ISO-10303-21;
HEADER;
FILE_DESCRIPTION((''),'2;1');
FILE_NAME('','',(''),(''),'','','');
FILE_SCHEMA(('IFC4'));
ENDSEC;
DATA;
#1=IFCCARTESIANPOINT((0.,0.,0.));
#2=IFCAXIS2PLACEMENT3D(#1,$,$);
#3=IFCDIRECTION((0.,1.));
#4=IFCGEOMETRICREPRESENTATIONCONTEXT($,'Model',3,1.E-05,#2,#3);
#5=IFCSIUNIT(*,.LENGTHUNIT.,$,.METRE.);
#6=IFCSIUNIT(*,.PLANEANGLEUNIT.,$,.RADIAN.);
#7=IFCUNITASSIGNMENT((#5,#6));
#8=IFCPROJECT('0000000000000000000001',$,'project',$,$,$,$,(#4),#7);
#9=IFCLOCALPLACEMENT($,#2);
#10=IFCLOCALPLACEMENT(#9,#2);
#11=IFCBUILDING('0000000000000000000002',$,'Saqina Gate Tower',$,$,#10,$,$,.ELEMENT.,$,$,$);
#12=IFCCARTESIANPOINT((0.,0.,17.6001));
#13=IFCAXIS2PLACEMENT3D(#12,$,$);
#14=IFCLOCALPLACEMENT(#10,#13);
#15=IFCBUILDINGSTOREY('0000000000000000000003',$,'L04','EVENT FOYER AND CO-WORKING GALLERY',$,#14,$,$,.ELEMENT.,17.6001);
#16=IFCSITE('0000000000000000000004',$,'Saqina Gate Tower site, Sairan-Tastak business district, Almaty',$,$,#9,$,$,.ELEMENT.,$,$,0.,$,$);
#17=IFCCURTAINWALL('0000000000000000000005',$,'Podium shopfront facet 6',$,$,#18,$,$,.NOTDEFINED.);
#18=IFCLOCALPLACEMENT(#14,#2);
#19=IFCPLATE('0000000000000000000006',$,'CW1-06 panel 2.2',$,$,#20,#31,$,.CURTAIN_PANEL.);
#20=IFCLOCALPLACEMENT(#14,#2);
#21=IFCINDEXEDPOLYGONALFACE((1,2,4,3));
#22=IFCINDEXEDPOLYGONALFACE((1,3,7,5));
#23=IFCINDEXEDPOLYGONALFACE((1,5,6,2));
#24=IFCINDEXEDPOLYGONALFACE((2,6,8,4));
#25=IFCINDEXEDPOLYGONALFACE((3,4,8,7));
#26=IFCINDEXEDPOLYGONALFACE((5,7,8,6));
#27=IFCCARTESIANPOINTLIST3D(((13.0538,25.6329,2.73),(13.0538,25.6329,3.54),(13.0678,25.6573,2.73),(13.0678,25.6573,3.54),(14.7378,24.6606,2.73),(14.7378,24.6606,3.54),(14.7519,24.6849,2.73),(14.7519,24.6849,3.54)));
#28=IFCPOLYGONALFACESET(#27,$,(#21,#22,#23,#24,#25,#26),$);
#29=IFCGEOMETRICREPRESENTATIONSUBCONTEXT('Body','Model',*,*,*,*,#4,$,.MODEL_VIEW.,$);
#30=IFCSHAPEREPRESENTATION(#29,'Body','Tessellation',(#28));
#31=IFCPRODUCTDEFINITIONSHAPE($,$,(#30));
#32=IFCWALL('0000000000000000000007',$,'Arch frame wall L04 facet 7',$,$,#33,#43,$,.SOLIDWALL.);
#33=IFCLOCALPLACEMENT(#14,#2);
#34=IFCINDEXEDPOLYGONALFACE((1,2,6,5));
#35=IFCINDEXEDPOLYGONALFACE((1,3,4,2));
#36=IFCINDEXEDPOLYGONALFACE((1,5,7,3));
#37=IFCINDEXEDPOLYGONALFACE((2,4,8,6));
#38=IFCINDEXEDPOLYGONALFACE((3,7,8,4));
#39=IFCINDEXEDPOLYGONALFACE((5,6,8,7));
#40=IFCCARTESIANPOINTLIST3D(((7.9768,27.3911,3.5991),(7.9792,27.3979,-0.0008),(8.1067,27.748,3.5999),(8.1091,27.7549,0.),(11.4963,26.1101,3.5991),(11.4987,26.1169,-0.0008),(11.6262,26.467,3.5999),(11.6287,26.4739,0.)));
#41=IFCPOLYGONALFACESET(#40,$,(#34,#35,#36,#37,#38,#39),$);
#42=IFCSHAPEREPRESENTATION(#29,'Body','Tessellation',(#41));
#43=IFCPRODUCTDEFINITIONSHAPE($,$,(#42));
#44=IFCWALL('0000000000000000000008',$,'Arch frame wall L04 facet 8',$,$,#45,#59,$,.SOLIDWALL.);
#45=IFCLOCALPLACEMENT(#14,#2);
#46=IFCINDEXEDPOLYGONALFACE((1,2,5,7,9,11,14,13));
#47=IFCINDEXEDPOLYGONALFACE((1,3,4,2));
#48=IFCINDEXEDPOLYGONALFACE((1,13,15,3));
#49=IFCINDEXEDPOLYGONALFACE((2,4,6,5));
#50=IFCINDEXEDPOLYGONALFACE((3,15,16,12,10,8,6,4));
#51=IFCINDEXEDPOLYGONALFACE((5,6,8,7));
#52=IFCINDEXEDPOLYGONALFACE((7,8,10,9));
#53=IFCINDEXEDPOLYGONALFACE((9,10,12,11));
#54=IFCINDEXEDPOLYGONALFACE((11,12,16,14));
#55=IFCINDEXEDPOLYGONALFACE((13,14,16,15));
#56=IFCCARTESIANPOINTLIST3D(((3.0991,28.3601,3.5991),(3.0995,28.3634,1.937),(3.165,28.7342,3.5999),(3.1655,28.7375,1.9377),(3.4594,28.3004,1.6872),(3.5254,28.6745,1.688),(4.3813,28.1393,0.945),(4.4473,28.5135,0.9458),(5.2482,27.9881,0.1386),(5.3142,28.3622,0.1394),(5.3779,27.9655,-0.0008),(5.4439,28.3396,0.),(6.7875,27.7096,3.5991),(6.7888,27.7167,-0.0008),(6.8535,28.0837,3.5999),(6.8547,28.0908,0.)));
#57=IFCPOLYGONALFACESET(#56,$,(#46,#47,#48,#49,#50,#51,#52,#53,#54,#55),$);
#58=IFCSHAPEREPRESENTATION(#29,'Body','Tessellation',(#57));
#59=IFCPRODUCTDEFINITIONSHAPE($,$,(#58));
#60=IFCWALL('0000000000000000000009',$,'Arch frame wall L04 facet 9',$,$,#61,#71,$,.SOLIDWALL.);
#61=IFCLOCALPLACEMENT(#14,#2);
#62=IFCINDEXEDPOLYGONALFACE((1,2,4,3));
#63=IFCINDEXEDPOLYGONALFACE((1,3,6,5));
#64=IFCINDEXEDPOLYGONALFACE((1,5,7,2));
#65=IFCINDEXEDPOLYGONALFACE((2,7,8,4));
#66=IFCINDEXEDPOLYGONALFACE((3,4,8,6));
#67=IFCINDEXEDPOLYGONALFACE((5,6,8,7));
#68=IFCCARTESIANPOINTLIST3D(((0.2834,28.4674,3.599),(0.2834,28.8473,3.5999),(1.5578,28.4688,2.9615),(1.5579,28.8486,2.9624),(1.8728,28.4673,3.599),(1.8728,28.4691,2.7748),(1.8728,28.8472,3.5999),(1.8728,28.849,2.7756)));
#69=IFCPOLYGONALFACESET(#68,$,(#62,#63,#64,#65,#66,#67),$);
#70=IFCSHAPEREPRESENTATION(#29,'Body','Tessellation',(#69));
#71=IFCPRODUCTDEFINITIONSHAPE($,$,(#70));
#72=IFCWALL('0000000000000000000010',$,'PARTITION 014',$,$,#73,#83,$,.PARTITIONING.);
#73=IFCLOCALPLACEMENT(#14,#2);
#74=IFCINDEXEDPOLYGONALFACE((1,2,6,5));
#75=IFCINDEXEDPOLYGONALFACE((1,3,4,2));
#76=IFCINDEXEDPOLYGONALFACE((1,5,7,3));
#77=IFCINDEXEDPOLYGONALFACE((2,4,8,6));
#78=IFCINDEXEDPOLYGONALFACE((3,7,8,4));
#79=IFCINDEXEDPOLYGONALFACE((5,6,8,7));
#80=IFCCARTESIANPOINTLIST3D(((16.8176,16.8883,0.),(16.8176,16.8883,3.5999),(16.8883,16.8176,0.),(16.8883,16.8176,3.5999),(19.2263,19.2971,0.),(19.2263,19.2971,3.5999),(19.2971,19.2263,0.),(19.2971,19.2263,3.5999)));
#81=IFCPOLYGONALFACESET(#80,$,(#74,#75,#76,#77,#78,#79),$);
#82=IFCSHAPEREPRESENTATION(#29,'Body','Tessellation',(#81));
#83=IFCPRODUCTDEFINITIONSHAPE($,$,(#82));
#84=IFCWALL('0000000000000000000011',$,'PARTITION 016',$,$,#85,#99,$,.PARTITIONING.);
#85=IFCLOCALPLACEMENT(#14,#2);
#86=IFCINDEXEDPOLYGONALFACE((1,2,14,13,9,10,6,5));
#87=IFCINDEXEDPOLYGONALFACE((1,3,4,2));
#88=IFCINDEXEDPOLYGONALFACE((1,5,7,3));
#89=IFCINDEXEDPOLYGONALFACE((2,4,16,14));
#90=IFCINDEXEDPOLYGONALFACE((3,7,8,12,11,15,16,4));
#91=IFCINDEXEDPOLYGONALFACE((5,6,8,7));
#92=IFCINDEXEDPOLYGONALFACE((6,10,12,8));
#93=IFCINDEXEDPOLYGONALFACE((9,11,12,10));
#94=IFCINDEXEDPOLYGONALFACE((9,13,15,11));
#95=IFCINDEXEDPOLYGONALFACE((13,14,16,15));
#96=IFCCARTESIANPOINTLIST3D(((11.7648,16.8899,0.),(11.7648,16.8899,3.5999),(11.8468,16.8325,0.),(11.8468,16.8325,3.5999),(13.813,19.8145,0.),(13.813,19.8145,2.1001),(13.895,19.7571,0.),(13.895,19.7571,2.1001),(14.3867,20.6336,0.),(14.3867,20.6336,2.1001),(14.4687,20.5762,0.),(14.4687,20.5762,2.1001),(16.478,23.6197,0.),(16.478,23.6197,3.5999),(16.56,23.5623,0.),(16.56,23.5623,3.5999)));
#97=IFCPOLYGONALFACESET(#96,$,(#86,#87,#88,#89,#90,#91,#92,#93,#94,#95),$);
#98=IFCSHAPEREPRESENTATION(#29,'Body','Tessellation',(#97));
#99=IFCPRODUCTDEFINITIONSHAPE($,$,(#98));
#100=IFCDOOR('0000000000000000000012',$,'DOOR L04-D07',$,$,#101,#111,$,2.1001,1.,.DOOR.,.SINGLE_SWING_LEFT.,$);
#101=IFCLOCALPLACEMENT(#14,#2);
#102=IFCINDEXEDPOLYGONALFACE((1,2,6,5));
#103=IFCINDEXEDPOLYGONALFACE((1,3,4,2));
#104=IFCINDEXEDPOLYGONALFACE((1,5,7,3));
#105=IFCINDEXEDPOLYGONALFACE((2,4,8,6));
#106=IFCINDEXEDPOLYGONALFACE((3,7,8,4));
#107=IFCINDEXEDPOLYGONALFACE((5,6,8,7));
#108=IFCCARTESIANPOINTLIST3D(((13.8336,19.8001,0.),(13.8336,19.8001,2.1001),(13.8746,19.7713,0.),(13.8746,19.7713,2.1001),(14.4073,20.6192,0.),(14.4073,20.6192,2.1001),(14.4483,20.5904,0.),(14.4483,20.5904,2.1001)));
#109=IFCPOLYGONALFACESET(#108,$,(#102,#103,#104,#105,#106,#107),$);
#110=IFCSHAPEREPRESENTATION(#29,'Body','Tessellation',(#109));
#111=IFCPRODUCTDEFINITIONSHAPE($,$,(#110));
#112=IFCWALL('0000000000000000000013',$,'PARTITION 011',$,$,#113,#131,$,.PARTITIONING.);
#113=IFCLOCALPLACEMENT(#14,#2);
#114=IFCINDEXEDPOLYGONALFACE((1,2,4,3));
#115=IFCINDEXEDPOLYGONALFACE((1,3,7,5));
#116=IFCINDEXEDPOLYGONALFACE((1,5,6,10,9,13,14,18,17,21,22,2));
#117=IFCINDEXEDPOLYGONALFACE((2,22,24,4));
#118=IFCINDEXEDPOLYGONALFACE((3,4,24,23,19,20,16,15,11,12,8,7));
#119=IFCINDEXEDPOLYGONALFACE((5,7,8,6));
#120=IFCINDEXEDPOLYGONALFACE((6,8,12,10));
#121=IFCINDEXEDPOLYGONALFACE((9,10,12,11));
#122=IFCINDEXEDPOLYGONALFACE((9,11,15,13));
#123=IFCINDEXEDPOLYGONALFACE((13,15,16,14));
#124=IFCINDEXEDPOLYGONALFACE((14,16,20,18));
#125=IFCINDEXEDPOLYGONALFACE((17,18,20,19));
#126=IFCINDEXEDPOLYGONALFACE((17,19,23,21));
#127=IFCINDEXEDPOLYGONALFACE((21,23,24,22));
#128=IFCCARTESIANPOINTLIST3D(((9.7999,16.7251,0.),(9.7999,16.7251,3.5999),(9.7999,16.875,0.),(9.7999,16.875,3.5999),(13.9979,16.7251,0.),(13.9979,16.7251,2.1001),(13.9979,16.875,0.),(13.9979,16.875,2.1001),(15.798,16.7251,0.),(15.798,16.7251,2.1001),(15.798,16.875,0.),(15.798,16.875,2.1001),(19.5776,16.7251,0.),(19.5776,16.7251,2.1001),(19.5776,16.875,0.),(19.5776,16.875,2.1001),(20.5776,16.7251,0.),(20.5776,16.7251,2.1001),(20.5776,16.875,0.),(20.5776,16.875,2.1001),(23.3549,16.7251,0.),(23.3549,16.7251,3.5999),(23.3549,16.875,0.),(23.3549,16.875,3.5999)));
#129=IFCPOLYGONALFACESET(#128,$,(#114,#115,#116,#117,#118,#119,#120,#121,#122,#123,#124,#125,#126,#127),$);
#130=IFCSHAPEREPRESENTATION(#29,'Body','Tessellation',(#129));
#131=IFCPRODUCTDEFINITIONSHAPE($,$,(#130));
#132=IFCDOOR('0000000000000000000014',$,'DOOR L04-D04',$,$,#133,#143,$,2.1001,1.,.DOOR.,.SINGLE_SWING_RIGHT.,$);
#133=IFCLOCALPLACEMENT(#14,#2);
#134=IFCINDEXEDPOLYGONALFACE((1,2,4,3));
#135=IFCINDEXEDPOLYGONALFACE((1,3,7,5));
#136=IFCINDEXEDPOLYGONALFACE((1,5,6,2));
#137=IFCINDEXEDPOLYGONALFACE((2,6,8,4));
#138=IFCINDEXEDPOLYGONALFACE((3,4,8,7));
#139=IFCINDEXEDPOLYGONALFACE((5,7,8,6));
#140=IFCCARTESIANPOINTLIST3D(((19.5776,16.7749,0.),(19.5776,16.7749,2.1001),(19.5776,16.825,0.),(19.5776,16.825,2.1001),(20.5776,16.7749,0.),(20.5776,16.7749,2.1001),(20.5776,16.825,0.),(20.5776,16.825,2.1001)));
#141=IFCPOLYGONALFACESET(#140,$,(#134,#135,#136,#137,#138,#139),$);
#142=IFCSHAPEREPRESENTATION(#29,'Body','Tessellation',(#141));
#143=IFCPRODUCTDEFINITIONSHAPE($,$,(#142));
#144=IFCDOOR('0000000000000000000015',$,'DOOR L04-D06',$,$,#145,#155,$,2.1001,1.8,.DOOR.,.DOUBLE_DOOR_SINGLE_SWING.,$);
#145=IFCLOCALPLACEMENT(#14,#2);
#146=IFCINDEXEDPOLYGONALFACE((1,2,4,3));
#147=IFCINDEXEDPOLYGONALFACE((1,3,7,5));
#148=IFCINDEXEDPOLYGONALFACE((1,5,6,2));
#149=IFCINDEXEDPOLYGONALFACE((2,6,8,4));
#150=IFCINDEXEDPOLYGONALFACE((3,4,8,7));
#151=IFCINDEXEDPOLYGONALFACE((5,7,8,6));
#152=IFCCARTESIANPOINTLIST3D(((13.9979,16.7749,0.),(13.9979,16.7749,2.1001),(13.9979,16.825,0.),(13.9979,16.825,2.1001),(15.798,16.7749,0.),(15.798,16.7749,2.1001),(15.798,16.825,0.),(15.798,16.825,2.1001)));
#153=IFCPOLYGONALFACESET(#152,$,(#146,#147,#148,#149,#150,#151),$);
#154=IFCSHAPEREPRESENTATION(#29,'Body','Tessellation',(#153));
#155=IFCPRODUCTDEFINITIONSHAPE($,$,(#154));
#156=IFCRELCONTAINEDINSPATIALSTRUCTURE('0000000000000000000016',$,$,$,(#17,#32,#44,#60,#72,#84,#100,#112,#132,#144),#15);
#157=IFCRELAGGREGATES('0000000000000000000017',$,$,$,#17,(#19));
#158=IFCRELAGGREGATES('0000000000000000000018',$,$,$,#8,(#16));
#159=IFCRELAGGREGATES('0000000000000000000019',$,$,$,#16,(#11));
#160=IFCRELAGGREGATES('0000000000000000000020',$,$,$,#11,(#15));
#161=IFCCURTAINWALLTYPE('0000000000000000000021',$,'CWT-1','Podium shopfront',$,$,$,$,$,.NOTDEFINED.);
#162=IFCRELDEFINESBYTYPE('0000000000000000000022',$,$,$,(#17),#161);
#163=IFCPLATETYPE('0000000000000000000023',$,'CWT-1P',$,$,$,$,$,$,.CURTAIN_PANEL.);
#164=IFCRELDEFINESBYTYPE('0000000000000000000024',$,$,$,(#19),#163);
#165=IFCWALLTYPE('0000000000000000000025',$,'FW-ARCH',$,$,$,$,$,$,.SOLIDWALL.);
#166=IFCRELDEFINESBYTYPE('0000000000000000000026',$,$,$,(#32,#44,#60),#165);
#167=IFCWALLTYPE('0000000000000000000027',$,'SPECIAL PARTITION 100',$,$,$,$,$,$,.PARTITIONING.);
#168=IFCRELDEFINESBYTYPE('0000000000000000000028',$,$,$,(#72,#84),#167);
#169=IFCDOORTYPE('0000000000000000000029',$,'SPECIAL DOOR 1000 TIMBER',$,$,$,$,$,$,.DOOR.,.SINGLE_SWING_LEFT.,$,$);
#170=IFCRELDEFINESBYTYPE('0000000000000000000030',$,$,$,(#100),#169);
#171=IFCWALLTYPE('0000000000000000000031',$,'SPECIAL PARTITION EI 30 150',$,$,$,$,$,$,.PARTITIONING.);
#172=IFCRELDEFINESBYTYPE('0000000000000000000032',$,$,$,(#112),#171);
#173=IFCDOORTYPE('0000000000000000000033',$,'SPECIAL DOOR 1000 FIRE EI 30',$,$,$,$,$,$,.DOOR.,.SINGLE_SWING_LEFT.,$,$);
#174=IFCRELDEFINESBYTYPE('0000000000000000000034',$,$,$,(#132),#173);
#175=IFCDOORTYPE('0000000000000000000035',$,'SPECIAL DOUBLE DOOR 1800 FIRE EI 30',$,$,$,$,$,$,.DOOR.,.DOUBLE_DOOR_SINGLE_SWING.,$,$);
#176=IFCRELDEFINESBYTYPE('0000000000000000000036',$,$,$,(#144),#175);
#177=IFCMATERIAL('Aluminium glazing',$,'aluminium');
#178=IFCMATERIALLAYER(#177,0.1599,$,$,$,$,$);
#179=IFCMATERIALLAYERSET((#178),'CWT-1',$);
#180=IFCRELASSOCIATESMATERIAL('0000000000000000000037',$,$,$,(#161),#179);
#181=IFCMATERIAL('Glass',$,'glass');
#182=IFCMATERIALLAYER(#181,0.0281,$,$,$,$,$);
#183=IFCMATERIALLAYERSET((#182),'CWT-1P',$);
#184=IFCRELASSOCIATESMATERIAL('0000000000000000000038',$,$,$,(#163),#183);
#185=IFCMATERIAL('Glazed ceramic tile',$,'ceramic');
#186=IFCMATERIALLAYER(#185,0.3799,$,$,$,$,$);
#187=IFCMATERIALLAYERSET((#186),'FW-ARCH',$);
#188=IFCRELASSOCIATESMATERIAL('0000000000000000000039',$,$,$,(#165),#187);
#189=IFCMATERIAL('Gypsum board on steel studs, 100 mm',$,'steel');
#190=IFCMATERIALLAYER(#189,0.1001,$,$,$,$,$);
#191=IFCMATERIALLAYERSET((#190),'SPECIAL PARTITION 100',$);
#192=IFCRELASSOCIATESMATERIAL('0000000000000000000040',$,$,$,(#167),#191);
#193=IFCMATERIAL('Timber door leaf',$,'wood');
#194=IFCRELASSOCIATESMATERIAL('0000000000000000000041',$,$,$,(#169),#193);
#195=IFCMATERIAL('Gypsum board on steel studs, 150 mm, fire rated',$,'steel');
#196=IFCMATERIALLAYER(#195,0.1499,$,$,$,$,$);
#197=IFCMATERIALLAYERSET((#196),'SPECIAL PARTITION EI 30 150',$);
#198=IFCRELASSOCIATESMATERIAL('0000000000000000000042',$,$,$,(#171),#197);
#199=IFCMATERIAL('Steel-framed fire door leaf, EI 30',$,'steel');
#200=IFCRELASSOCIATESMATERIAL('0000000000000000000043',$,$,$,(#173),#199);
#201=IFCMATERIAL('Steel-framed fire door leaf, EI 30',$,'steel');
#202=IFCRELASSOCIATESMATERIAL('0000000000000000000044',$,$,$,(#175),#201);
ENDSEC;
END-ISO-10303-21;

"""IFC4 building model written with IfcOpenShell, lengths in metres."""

from ifc_helpers import new_model, si_unit, direction, frame, frame_2d, origin, origin_2d, place, context, subcontext, project, spatial, polyline, rectangle, outline, extrude, material, layer, layer_set, type_object, element, fill, aggregate, save


model = new_model("IFC4")

# Units and contexts
model_context = context("Model", 3, precision=1e-05, world=origin(), true_north=direction((0.0, 1.0)))
body_context = subcontext(model_context, "Body", "Model", "MODEL_VIEW")
ifc_project = project(units=[si_unit("LENGTHUNIT", "METRE"), si_unit("PLANEANGLEUNIT", "RADIAN")], contexts=[model_context])

# Site, building, storey
site_placement = place(None, origin())
site = spatial("IfcSite", under=ifc_project, at=site_placement, Name="Saqina Gate Tower site, Sairan-Tastak business district, Almaty", CompositionType="ELEMENT", RefElevation=0.0)
building_placement = place(site_placement, origin())
building = spatial("IfcBuilding", under=site, at=building_placement, Name="Saqina Gate Tower", CompositionType="ELEMENT")
storey_placement = place(building_placement, frame((0.0, 0.0, 17.6001)))
storey = spatial("IfcBuildingStorey", under=building, at=storey_placement, Name="L04", Description="EVENT FOYER AND CO-WORKING GALLERY", CompositionType="ELEMENT", Elevation=17.6001)

# Shared definitions
ifc_material_1 = material(Name="Aluminium glazing", Category="aluminium")
ifc_layer_1 = layer(ifc_material_1, 0.1599)
ifc_layer_set_1 = layer_set([ifc_layer_1], Name="CWT-1")
curtain_wall_type = type_object("IfcCurtainWallType", Name="CWT-1", Description="Podium shopfront", PredefinedType="NOTDEFINED", material=ifc_layer_set_1)

# Curtain wall
curtain_wall_1_placement = place(storey_placement, origin())
curtain_wall_1 = element("IfcCurtainWall", 1, at=curtain_wall_1_placement, inside=storey, type_object=curtain_wall_type, Name="Podium shopfront facet 6", PredefinedType="NOTDEFINED")

# Plate
ifc_material_2 = material(Name="Glass", Category="glass")
ifc_layer_2 = layer(ifc_material_2, 0.0281)
ifc_layer_set_2 = layer_set([ifc_layer_2], Name="CWT-1P")
plate_type = type_object("IfcPlateType", Name="CWT-1P", PredefinedType="CURTAIN_PANEL", material=ifc_layer_set_2)
plate_1_placement = place(storey_placement, frame((13.9028, 25.1589, 2.73), z_axis=(0.0, 0.0, 1.0), x_axis=(-0.866017, 0.500014, 0.0)))
plate_1 = element("IfcPlate", 2, at=plate_1_placement, type_object=plate_type, Name="CW1-06 panel 2.2", PredefinedType="CURTAIN_PANEL", context=body_context, shape_type="SweptSolid", body=[
    extrude(rectangle(XDim=1.9446, YDim=0.0281, at=origin_2d()), origin(), (0.0, 0.0, 1.0), 0.8101),
])
aggregate(curtain_wall_1, [plate_1])

# Walls
ifc_material_3 = material(Name="Glazed ceramic tile", Category="ceramic")
ifc_layer_3 = layer(ifc_material_3, 0.3799)
ifc_layer_set_3 = layer_set([ifc_layer_3], Name="FW-ARCH")
wall_type_1 = type_object("IfcWallType", Name="FW-ARCH", PredefinedType="SOLIDWALL", material=ifc_layer_set_3)
wall_1_placement = place(storey_placement, frame((11.6287, 26.4739, 0.0), z_axis=(0.34202, 0.939691, 0.002016), x_axis=(-0.000678, -0.001899, 0.999998)))
element("IfcWall", 3, at=wall_1_placement, inside=storey, type_object=wall_type_1, Name="Arch frame wall L04 facet 7", PredefinedType="SOLIDWALL", context=body_context, shape_type="SweptSolid", body=[
    extrude(outline(polyline([(0.0, 0.0), (3.5999, 0.0), (3.5998, -3.7454), (0.0, -3.7454), (0.0, 0.0)])), origin(), (0.0, 0.0, -1.0), 0.3799),
])
wall_2_placement = place(storey_placement, frame((6.8547, 28.0908, 0.0), z_axis=(0.173673, 0.984801, 0.00201), x_axis=(-0.000342, -0.001981, 0.999998)))
element("IfcWall", 4, at=wall_2_placement, inside=storey, type_object=wall_type_1, Name="Arch frame wall L04 facet 8", PredefinedType="SOLIDWALL", context=body_context, shape_type="SweptSolid", body=[
    extrude(outline(polyline([(0.0, 0.0), (3.5999, 0.0), (3.5998, -3.7454), (1.9377, -3.7455), (1.688, -3.3801), (0.9458, -2.4443), (0.1394, -1.5643), (0.0, -1.4327), (0.0, 0.0)])), origin(), (0.0, 0.0, -1.0), 0.3799),
])
wall_3_placement = place(storey_placement, frame((1.8728, 28.8472, 3.5999), z_axis=(0.000093, 0.999997, 0.002252), x_axis=(-1.0, 0.000093, 0.0)))
element("IfcWall", 5, at=wall_3_placement, inside=storey, type_object=wall_type_1, Name="Arch frame wall L04 facet 9", PredefinedType="SOLIDWALL", context=body_context, shape_type="SweptSolid", body=[
    extrude(outline(polyline([(0.0, 0.0), (1.5894, 0.0), (0.3149, -0.6375), (0.0, -0.8242), (0.0, 0.0)])), origin(), (0.0, 0.0, -1.0), 0.3799),
])
ifc_material_4 = material(Name="Gypsum board on steel studs, 100 mm", Category="steel")
ifc_layer_4 = layer(ifc_material_4, 0.1001)
ifc_layer_set_4 = layer_set([ifc_layer_4], Name="SPECIAL PARTITION 100")
wall_type_2 = type_object("IfcWallType", Name="SPECIAL PARTITION 100", PredefinedType="PARTITIONING", material=ifc_layer_set_4)
wall_4_placement = place(storey_placement, frame((16.853, 16.853, 0.0), z_axis=(0.0, 0.0, 1.0), x_axis=(0.707107, 0.707107, 0.0)))
element("IfcWall", 6, at=wall_4_placement, inside=storey, type_object=wall_type_2, Name="PARTITION 014", PredefinedType="PARTITIONING", context=body_context, shape_type="SweptSolid", body=[
    extrude(rectangle(XDim=3.4065, YDim=0.1001, at=frame_2d((1.7031, 0.0))), origin(), (0.0, 0.0, 1.0), 3.5999),
])

# Wall, opening, door
wall_5_placement = place(storey_placement, frame((11.8059, 16.8613, 0.0), z_axis=(0.0, 0.0, 1.0), x_axis=(0.573652, 0.819099, 0.0)))
wall_5 = element("IfcWall", 7, at=wall_5_placement, inside=storey, type_object=wall_type_2, Name="PARTITION 016", PredefinedType="PARTITIONING", context=body_context, shape_type="SweptSolid", body=[
    extrude(rectangle(XDim=8.2161, YDim=0.1001, at=frame_2d((4.1079, 0.0))), origin(), (0.0, 0.0, 1.0), 3.5999),
])
opening_1_placement = place(wall_5_placement, frame((3.5703, 0.0, 0.0)))
opening_1 = element("IfcOpeningElement", 8, at=opening_1_placement, cuts=wall_5, PredefinedType="OPENING", context=body_context, shape_type="SweptSolid", body=[
    extrude(rectangle(XDim=1.0, YDim=2.1001, at=frame_2d((0.5, 1.05))), frame((0.0, 0.062, 0.0), z_axis=(0.0, -1.0, 0.0), x_axis=(1.0, 0.0, 0.0)), (0.0, 0.0, 1.0), 0.124),
])
ifc_material_5 = material(Name="Timber door leaf", Category="wood")
door_type_1 = type_object("IfcDoorType", Name="SPECIAL DOOR 1000 TIMBER", OperationType="SINGLE_SWING_LEFT", PredefinedType="DOOR", material=ifc_material_5)
door_1_placement = place(opening_1_placement, origin())
door_1 = element("IfcDoor", 9, at=door_1_placement, inside=storey, type_object=door_type_1, Name="DOOR L04-D07", OperationType="SINGLE_SWING_LEFT", OverallHeight=2.1001, OverallWidth=1.0, PredefinedType="DOOR", context=body_context, shape_type="SweptSolid", body=[
    extrude(rectangle(XDim=1.0, YDim=2.1001, at=frame_2d((0.5, 1.05))), frame((0.0, 0.0249, 0.0), z_axis=(0.0, -1.0, 0.0), x_axis=(1.0, 0.0, 0.0)), (0.0, 0.0, 1.0), 0.05),
])
fill(opening_1, door_1)

# Wall, openings, doors
ifc_material_6 = material(Name="Gypsum board on steel studs, 150 mm, fire rated", Category="steel")
ifc_layer_5 = layer(ifc_material_6, 0.1499)
ifc_layer_set_5 = layer_set([ifc_layer_5], Name="SPECIAL PARTITION EI 30 150")
wall_type_3 = type_object("IfcWallType", Name="SPECIAL PARTITION EI 30 150", PredefinedType="PARTITIONING", material=ifc_layer_set_5)
wall_6_placement = place(storey_placement, frame((9.8, 16.8, 0.0), z_axis=(0.0, 0.0, 1.0), x_axis=(1.0, 0.0, 0.0)))
wall_6 = element("IfcWall", 10, at=wall_6_placement, inside=storey, type_object=wall_type_3, Name="PARTITION 011", PredefinedType="PARTITIONING", context=body_context, shape_type="SweptSolid", body=[
    extrude(rectangle(XDim=13.5549, YDim=0.1499, at=frame_2d((6.7773, 0.0))), origin(), (0.0, 0.0, 1.0), 3.5999),
])
opening_2_placement = place(wall_6_placement, frame((9.7776, 0.0, 0.0)))
opening_2 = element("IfcOpeningElement", 11, at=opening_2_placement, cuts=wall_6, PredefinedType="OPENING", context=body_context, shape_type="SweptSolid", body=[
    extrude(rectangle(XDim=1.0, YDim=2.1001, at=frame_2d((0.5, 1.05))), frame((0.0, 0.0869, 0.0), z_axis=(0.0, -1.0, 0.0), x_axis=(1.0, 0.0, 0.0)), (0.0, 0.0, 1.0), 0.1738),
])
opening_3_placement = place(wall_6_placement, frame((4.198, 0.0, 0.0)))
opening_3 = element("IfcOpeningElement", 12, at=opening_3_placement, cuts=wall_6, PredefinedType="OPENING", context=body_context, shape_type="SweptSolid", body=[
    extrude(rectangle(XDim=1.8, YDim=2.1001, at=frame_2d((0.8999, 1.05))), frame((0.0, 0.0869, 0.0), z_axis=(0.0, -1.0, 0.0), x_axis=(1.0, 0.0, 0.0)), (0.0, 0.0, 1.0), 0.1738),
])
ifc_material_7 = material(Name="Steel-framed fire door leaf, EI 30", Category="steel")
door_type_2 = type_object("IfcDoorType", Name="SPECIAL DOOR 1000 FIRE EI 30", OperationType="SINGLE_SWING_LEFT", PredefinedType="DOOR", material=ifc_material_7)
door_2_placement = place(opening_2_placement, origin())
door_2 = element("IfcDoor", 13, at=door_2_placement, inside=storey, type_object=door_type_2, Name="DOOR L04-D04", OperationType="SINGLE_SWING_RIGHT", OverallHeight=2.1001, OverallWidth=1.0, PredefinedType="DOOR", context=body_context, shape_type="SweptSolid", body=[
    extrude(rectangle(XDim=1.0, YDim=2.1001, at=frame_2d((0.5, 1.05))), frame((0.0, 0.0249, 0.0), z_axis=(0.0, -1.0, 0.0), x_axis=(1.0, 0.0, 0.0)), (0.0, 0.0, 1.0), 0.05),
])
fill(opening_2, door_2)
ifc_material_8 = material(Name="Steel-framed fire door leaf, EI 30", Category="steel")
door_type_3 = type_object("IfcDoorType", Name="SPECIAL DOUBLE DOOR 1800 FIRE EI 30", OperationType="DOUBLE_DOOR_SINGLE_SWING", PredefinedType="DOOR", material=ifc_material_8)
door_3_placement = place(opening_3_placement, origin())
door_3 = element("IfcDoor", 14, at=door_3_placement, inside=storey, type_object=door_type_3, Name="DOOR L04-D06", OperationType="DOUBLE_DOOR_SINGLE_SWING", OverallHeight=2.1001, OverallWidth=1.8, PredefinedType="DOOR", context=body_context, shape_type="SweptSolid", body=[
    extrude(rectangle(XDim=1.8, YDim=2.1001, at=frame_2d((0.8999, 1.05))), frame((0.0, 0.0249, 0.0), z_axis=(0.0, -1.0, 0.0), x_axis=(1.0, 0.0, 0.0)), (0.0, 0.0, 1.0), 0.05),
])
fill(opening_3, door_3)

save(model, "model.ifc")
